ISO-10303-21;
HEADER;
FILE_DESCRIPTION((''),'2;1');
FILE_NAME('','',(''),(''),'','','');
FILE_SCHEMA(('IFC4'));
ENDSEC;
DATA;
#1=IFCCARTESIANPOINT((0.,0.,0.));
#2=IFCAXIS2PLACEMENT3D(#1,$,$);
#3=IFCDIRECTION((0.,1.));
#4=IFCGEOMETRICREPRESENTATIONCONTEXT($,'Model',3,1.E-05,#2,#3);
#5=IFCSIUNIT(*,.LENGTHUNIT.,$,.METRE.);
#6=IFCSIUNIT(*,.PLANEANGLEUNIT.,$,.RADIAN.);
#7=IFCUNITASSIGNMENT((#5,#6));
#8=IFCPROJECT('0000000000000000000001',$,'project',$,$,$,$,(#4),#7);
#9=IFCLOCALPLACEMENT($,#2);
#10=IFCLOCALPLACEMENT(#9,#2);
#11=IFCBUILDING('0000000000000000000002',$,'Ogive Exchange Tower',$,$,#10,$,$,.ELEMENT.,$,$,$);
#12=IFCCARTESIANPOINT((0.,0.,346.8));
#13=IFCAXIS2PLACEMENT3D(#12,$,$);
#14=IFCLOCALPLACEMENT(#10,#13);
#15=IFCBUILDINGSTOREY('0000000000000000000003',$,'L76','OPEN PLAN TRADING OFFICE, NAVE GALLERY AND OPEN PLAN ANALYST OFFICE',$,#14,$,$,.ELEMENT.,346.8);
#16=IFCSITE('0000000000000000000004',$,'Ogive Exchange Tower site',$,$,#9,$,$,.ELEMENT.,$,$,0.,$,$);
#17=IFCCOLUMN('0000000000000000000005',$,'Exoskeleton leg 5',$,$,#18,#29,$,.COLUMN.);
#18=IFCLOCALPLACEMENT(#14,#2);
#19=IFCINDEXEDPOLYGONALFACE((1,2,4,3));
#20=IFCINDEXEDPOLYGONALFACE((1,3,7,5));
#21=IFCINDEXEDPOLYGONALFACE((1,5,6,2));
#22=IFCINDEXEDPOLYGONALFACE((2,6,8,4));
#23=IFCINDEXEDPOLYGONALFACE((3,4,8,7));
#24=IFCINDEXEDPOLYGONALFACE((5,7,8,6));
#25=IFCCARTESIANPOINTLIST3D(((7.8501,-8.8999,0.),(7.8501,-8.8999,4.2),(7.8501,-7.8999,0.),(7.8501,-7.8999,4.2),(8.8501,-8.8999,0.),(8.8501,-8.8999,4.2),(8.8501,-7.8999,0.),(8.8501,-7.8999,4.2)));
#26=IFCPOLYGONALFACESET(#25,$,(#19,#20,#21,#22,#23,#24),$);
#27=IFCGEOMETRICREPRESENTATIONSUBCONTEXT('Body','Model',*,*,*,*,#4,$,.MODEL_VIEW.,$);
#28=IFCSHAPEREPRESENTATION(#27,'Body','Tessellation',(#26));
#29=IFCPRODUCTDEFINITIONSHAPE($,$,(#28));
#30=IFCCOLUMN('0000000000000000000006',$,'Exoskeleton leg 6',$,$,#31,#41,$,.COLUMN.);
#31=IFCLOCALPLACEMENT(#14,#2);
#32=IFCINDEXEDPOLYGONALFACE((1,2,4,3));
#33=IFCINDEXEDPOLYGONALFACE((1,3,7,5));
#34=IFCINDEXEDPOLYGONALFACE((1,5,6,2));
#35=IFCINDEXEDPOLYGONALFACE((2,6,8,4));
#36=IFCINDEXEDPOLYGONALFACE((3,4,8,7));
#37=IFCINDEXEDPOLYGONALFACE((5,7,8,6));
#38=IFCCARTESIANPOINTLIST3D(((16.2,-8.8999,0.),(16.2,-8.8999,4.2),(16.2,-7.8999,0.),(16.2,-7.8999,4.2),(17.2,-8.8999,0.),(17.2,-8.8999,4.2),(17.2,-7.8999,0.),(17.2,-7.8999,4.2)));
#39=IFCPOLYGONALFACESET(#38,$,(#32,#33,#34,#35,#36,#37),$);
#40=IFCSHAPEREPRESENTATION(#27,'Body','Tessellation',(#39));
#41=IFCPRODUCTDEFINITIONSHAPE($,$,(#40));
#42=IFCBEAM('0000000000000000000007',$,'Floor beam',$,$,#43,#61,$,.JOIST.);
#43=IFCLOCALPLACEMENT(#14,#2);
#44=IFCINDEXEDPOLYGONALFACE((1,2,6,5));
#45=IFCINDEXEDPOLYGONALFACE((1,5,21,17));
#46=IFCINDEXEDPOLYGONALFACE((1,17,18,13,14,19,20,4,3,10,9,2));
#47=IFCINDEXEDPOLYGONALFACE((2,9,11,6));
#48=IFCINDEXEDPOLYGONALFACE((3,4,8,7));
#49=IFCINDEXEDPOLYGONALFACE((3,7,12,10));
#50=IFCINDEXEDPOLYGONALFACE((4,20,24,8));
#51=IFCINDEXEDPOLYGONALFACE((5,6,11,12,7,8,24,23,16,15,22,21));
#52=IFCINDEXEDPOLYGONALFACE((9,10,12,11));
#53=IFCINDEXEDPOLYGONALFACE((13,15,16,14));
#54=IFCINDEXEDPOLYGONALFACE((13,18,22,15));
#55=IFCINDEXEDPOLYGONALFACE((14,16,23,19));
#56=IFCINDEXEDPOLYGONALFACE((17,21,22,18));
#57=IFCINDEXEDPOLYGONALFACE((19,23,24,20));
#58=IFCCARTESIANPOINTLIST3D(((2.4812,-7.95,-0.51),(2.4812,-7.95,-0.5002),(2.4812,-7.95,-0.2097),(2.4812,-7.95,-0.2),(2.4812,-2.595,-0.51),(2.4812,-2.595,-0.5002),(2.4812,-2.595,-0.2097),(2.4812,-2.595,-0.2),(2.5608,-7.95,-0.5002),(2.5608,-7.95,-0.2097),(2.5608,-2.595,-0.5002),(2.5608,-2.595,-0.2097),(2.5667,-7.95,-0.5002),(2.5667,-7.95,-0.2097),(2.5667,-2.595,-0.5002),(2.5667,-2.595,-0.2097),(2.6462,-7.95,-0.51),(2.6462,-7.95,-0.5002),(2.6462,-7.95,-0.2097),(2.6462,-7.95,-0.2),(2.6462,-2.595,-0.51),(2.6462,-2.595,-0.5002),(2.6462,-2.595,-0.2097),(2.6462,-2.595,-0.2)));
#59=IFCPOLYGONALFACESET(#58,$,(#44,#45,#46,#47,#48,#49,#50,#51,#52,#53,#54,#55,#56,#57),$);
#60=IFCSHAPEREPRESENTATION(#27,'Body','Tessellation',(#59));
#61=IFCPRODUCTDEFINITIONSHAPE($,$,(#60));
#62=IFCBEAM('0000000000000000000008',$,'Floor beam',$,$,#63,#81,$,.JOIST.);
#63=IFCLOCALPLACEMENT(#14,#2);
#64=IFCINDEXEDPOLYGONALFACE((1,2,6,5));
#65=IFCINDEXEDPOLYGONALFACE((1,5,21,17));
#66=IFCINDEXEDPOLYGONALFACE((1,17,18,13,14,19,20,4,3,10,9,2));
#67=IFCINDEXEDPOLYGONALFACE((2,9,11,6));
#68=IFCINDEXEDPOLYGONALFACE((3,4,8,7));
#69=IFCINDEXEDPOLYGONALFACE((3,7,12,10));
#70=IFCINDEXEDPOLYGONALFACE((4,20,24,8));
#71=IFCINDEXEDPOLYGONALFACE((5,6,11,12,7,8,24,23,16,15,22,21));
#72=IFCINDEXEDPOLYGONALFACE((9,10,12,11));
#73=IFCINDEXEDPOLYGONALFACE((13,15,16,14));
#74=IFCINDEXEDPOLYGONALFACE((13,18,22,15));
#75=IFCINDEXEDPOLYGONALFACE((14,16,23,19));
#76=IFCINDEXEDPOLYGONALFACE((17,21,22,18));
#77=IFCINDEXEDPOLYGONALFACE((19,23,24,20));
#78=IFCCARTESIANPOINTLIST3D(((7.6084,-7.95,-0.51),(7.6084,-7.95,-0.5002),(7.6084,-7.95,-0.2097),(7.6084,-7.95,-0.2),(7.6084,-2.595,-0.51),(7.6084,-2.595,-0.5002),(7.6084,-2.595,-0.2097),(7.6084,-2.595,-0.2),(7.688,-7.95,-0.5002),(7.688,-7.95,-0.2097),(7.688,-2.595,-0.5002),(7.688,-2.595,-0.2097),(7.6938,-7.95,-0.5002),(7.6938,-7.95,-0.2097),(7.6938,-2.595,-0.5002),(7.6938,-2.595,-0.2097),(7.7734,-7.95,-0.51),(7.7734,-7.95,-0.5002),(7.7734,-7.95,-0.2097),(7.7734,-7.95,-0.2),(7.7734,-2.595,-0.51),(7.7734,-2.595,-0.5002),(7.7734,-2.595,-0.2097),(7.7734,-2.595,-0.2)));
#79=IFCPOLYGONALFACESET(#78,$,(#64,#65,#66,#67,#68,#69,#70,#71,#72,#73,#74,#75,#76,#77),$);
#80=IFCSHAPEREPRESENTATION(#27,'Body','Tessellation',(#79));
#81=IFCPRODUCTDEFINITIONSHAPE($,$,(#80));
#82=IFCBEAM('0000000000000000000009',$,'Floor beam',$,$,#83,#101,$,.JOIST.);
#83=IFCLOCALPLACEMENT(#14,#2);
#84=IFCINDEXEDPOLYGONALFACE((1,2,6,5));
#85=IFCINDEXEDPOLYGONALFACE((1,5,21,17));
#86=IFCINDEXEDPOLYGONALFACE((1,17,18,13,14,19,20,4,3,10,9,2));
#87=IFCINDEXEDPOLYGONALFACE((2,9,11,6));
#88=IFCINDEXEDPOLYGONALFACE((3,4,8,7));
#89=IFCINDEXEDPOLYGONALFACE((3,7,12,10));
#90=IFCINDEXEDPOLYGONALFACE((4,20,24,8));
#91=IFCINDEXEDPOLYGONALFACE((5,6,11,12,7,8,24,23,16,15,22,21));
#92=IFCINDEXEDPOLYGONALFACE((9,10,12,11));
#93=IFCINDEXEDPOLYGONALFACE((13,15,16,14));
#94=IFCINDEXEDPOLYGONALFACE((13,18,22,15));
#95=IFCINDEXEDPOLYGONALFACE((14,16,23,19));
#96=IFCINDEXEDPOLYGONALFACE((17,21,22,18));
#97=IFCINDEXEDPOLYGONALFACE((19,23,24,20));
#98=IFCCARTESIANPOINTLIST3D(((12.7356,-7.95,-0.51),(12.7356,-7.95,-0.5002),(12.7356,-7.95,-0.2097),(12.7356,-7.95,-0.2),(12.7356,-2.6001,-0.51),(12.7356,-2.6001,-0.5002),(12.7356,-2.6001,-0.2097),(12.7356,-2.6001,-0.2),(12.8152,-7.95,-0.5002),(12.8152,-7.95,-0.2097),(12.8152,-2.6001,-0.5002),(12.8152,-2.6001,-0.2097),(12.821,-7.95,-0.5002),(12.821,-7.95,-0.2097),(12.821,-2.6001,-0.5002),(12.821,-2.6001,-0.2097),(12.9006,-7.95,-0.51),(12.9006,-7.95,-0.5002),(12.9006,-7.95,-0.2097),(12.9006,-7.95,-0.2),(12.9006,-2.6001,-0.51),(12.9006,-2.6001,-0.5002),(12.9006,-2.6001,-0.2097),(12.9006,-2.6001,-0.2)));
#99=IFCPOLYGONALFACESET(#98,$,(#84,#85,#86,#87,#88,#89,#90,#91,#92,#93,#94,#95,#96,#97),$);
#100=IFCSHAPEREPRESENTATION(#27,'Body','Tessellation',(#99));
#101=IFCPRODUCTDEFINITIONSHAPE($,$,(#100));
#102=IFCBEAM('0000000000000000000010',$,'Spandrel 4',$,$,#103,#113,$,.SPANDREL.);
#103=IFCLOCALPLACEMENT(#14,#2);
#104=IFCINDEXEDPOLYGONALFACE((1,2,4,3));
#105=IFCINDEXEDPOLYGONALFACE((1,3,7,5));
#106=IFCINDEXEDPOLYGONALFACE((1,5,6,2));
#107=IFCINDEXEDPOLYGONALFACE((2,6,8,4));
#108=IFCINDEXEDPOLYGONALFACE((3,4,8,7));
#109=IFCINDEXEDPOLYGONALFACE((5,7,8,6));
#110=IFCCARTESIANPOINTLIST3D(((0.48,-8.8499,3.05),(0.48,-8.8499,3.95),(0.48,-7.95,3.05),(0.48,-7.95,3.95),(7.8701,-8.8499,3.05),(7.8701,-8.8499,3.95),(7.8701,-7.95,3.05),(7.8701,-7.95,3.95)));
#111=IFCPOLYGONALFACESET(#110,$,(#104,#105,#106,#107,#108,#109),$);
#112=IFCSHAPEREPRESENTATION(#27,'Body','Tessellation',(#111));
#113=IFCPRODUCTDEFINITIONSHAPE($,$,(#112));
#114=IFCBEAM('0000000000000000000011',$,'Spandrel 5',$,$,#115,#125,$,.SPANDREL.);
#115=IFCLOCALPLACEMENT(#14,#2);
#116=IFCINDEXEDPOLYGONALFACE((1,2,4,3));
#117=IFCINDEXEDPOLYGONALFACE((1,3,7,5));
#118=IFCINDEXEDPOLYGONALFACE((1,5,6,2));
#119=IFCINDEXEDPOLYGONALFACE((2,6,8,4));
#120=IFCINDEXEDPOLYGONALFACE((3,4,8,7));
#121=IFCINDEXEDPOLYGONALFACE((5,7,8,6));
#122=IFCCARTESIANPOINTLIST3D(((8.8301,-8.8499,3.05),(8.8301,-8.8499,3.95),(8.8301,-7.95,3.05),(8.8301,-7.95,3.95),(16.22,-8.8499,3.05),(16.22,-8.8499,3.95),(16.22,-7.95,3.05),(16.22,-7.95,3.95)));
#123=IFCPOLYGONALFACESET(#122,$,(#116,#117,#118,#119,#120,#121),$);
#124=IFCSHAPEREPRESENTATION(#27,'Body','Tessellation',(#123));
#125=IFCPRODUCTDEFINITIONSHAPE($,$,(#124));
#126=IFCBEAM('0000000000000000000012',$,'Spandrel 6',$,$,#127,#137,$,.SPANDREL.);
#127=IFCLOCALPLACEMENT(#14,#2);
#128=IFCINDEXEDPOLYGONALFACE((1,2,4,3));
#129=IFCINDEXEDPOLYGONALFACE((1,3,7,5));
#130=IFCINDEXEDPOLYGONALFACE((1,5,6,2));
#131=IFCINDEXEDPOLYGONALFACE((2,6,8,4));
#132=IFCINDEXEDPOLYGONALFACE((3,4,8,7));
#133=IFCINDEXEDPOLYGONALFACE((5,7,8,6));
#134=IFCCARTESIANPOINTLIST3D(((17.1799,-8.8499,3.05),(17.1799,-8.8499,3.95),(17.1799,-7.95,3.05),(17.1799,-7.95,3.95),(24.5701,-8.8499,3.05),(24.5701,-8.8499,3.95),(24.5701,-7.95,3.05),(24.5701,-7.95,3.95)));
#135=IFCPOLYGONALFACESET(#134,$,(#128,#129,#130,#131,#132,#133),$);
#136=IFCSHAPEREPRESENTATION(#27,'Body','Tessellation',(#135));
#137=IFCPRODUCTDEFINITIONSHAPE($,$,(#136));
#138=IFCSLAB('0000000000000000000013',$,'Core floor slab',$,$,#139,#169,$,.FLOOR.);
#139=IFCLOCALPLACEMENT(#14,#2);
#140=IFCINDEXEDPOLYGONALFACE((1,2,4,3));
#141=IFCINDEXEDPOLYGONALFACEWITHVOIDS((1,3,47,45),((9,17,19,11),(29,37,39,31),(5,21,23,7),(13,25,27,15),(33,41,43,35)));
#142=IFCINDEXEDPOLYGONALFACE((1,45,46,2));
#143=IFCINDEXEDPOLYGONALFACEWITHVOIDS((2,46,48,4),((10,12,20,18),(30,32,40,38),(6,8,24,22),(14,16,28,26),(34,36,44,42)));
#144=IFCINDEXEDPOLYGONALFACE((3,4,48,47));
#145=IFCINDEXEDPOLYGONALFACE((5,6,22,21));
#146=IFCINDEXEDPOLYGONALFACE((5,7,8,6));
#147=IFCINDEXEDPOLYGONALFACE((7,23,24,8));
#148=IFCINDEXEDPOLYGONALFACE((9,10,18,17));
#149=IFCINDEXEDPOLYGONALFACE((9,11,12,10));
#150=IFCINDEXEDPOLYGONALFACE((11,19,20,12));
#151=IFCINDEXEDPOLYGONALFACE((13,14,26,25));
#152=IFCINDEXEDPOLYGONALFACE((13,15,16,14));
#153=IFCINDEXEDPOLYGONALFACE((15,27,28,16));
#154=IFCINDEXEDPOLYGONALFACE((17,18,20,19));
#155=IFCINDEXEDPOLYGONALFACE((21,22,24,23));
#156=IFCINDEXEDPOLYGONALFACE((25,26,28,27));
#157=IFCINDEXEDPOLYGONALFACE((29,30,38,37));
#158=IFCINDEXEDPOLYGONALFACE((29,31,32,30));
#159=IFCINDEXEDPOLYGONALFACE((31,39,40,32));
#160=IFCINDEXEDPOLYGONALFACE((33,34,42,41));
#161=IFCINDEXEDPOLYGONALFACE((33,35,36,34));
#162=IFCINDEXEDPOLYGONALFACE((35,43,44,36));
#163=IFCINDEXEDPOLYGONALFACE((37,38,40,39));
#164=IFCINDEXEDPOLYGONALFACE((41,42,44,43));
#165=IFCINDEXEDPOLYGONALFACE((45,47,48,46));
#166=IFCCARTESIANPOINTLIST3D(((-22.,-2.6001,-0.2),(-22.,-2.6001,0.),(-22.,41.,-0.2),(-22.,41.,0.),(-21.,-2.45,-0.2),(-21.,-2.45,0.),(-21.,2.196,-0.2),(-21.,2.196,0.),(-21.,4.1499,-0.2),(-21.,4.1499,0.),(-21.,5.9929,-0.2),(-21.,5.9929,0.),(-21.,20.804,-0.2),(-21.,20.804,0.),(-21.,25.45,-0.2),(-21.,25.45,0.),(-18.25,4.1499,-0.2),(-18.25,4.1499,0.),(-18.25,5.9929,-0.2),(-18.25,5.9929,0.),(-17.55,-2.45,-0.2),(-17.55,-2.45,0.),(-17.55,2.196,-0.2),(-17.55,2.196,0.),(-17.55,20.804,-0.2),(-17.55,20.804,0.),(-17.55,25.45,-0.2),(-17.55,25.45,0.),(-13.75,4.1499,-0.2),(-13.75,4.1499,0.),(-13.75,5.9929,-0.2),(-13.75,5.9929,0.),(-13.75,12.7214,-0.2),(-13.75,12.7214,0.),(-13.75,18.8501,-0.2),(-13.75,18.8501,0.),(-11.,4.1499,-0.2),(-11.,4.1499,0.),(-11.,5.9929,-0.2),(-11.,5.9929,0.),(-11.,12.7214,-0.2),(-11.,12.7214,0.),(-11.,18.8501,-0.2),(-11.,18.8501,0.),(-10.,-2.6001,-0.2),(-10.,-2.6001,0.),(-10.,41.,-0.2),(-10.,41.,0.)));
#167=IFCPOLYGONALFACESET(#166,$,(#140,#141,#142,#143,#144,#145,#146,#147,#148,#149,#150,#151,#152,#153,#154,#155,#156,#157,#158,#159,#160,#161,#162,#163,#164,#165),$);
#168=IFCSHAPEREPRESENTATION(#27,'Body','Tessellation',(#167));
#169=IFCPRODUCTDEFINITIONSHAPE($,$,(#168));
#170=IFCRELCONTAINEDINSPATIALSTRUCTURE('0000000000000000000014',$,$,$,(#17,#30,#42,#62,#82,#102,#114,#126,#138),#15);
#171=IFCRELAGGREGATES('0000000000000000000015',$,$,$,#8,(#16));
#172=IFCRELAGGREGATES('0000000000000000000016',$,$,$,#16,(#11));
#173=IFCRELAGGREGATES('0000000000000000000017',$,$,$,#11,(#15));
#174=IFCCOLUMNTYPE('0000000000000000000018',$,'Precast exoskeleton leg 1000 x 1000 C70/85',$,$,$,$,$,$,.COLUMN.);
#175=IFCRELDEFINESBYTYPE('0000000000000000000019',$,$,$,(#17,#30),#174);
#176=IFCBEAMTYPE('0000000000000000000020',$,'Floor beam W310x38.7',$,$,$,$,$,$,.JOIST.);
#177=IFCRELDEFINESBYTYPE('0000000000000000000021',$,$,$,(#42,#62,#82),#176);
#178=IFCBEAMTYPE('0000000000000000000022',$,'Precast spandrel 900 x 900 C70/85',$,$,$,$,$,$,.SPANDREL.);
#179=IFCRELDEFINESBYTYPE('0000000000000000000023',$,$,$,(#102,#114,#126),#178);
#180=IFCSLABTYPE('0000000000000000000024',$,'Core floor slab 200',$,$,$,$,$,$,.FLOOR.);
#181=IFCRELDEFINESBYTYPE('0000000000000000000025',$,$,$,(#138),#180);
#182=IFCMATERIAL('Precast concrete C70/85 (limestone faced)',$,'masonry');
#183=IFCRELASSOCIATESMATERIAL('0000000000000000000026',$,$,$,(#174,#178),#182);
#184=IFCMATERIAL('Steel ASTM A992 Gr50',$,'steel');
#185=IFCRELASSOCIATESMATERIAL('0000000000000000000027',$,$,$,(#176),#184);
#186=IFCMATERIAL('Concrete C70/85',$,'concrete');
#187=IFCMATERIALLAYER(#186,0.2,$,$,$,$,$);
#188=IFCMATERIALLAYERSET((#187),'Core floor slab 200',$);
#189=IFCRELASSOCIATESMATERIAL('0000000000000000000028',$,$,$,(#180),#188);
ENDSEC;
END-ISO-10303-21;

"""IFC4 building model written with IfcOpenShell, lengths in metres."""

from ifc_helpers import new_model, si_unit, direction, frame, origin, origin_2d, place, context, subcontext, project, spatial, polyline, rectangle, i_section, outline, extrude, material, layer, layer_set, material_profile, profile_set, type_object, element, save


model = new_model("IFC4")

# Units and contexts
model_context = context("Model", 3, precision=1e-05, world=origin(), true_north=direction((0.0, 1.0)))
body_context = subcontext(model_context, "Body", "Model", "MODEL_VIEW")
ifc_project = project(units=[si_unit("LENGTHUNIT", "METRE"), si_unit("PLANEANGLEUNIT", "RADIAN")], contexts=[model_context])

# Site, building, storey
site_placement = place(None, origin())
site = spatial("IfcSite", under=ifc_project, at=site_placement, Name="Ogive Exchange Tower site", CompositionType="ELEMENT", RefElevation=0.0)
building_placement = place(site_placement, origin())
building = spatial("IfcBuilding", under=site, at=building_placement, Name="Ogive Exchange Tower", CompositionType="ELEMENT")
storey_placement = place(building_placement, frame((0.0, 0.0, 346.8)))
storey = spatial("IfcBuildingStorey", under=building, at=storey_placement, Name="L76", Description="OPEN PLAN TRADING OFFICE, NAVE GALLERY AND OPEN PLAN ANALYST OFFICE", CompositionType="ELEMENT", Elevation=346.8)

# Columns
ifc_material_1 = material(Name="Precast concrete C70/85 (limestone faced)", Category="masonry")
ifc_material_profile_1 = material_profile(ifc_material_1, rectangle(XDim=1.0, YDim=1.0, at=origin_2d()), Name="1000 x 1000")
ifc_profile_set_1 = profile_set([ifc_material_profile_1], Name="Precast concrete C70/85 (limestone faced)")
column_type = type_object("IfcColumnType", Name="Precast exoskeleton leg 1000 x 1000 C70/85", PredefinedType="COLUMN", material=ifc_profile_set_1)
for number, where, z_axis, x_axis, name in (
    (1, (8.3501, -8.3999, 0.0), (0.0, 0.0, 1.0), (1.0, 0.0, 0.0), "Exoskeleton leg 5"),
    (2, (16.7, -8.3999, 0.0), (0.0, 0.0, 1.0), (1.0, 0.0, 0.0), "Exoskeleton leg 6"),
):
    element("IfcColumn", number, at=place(storey_placement, frame(where, z_axis=z_axis, x_axis=x_axis)), inside=storey, type_object=column_type, Name=name, PredefinedType="COLUMN", context=body_context, shape_type="SweptSolid", body=[
        extrude(rectangle(XDim=1.0, YDim=1.0, at=origin_2d()), origin(), (0.0, 0.0, 1.0), 4.2),
    ])

# Beams
ifc_material_2 = material(Name="Steel ASTM A992 Gr50", Category="steel")
ifc_material_profile_2 = material_profile(ifc_material_2, i_section(OverallWidth=0.165, OverallDepth=0.3101, WebThickness=0.0059, FlangeThickness=0.0098, at=origin_2d()), Name="W310x38.7")
ifc_profile_set_2 = profile_set([ifc_material_profile_2], Name="Steel ASTM A992 Gr50")
beam_type_1 = type_object("IfcBeamType", Name="Floor beam W310x38.7", PredefinedType="JOIST", material=ifc_profile_set_2)
for number, where, z_axis, x_axis, name in (
    (3, (2.5637, -7.95, -0.355), (0.0, 1.0, 0.0), (-1.0, 0.0, 0.0), "Floor beam"),
    (4, (7.6909, -7.95, -0.355), (0.0, 1.0, 0.0), (-1.0, 0.0, 0.0), "Floor beam"),
):
    element("IfcBeam", number, at=place(storey_placement, frame(where, z_axis=z_axis, x_axis=x_axis)), inside=storey, type_object=beam_type_1, Name=name, PredefinedType="JOIST", context=body_context, shape_type="SweptSolid", body=[
        extrude(i_section(OverallWidth=0.165, OverallDepth=0.3101, WebThickness=0.0059, FlangeThickness=0.0098, at=origin_2d()), origin(), (0.0, 0.0, 1.0), 5.355),
    ])
beam_1_placement = place(storey_placement, frame((12.8181, -7.95, -0.355), z_axis=(0.0, 1.0, 0.0), x_axis=(-1.0, 0.0, 0.0)))
element("IfcBeam", 5, at=beam_1_placement, inside=storey, type_object=beam_type_1, Name="Floor beam", PredefinedType="JOIST", context=body_context, shape_type="SweptSolid", body=[
    extrude(i_section(OverallWidth=0.165, OverallDepth=0.3101, WebThickness=0.0059, FlangeThickness=0.0098, at=origin_2d()), origin(), (0.0, 0.0, 1.0), 5.3499),
])
ifc_material_profile_3 = material_profile(ifc_material_1, rectangle(XDim=0.8999, YDim=0.8999, at=origin_2d()), Name="900 x 900")
ifc_profile_set_3 = profile_set([ifc_material_profile_3], Name="Precast concrete C70/85 (limestone faced)")
beam_type_2 = type_object("IfcBeamType", Name="Precast spandrel 900 x 900 C70/85", PredefinedType="SPANDREL", material=ifc_profile_set_3)
beam_2_placement = place(storey_placement, frame((0.48, -8.3999, 3.5), z_axis=(1.0, 0.0, 0.0), x_axis=(0.0, 1.0, 0.0)))
element("IfcBeam", 6, at=beam_2_placement, inside=storey, type_object=beam_type_2, Name="Spandrel 4", PredefinedType="SPANDREL", context=body_context, shape_type="SweptSolid", body=[
    extrude(rectangle(XDim=0.8999, YDim=0.8999, at=origin_2d()), origin(), (0.0, 0.0, 1.0), 7.3901),
])
beam_3_placement = place(storey_placement, frame((8.8301, -8.3999, 3.5), z_axis=(1.0, 0.0, 0.0), x_axis=(0.0, 1.0, 0.0)))
element("IfcBeam", 7, at=beam_3_placement, inside=storey, type_object=beam_type_2, Name="Spandrel 5", PredefinedType="SPANDREL", context=body_context, shape_type="SweptSolid", body=[
    extrude(rectangle(XDim=0.8999, YDim=0.8999, at=origin_2d()), origin(), (0.0, 0.0, 1.0), 7.3899),
])
beam_4_placement = place(storey_placement, frame((17.1799, -8.3999, 3.5), z_axis=(1.0, 0.0, 0.0), x_axis=(0.0, 1.0, 0.0)))
element("IfcBeam", 8, at=beam_4_placement, inside=storey, type_object=beam_type_2, Name="Spandrel 6", PredefinedType="SPANDREL", context=body_context, shape_type="SweptSolid", body=[
    extrude(rectangle(XDim=0.8999, YDim=0.8999, at=origin_2d()), origin(), (0.0, 0.0, 1.0), 7.3901),
])

# Slab
ifc_material_3 = material(Name="Concrete C70/85", Category="concrete")
ifc_layer_1 = layer(ifc_material_3, 0.2)
ifc_layer_set_1 = layer_set([ifc_layer_1], Name="Core floor slab 200")
slab_type_1 = type_object("IfcSlabType", Name="Core floor slab 200", PredefinedType="FLOOR", material=ifc_layer_set_1)
slab_1_placement = place(storey_placement, frame((0.0, 0.0, -0.2)))
element("IfcSlab", 9, at=slab_1_placement, inside=storey, type_object=slab_type_1, Name="Core floor slab", PredefinedType="FLOOR", context=body_context, shape_type="SweptSolid", body=[
    extrude(outline(polyline([(-22.0, -2.6001), (-22.0, 41.0), (-10.0, 41.0), (-10.0, -2.6001), (-22.0, -2.6001)]), holes=[polyline([(-17.55, 2.196), (-21.0, 2.196), (-21.0, -2.45), (-17.55, -2.45), (-17.55, 2.196)]), polyline([(-21.0, 5.9929), (-21.0, 4.1499), (-18.25, 4.1499), (-18.25, 5.9929), (-21.0, 5.9929)]), polyline([(-13.75, 5.9929), (-13.75, 4.1499), (-11.0, 4.1499), (-11.0, 5.9929), (-13.75, 5.9929)]), polyline([(-11.0, 18.8501), (-13.75, 18.8501), (-13.75, 12.7214), (-11.0, 12.7214), (-11.0, 18.8501)]), polyline([(-21.0, 25.45), (-21.0, 20.804), (-17.55, 20.804), (-17.55, 25.45), (-21.0, 25.45)])]), origin(), (0.0, 0.0, 1.0), 0.2),
])

save(model, "model.ifc")
